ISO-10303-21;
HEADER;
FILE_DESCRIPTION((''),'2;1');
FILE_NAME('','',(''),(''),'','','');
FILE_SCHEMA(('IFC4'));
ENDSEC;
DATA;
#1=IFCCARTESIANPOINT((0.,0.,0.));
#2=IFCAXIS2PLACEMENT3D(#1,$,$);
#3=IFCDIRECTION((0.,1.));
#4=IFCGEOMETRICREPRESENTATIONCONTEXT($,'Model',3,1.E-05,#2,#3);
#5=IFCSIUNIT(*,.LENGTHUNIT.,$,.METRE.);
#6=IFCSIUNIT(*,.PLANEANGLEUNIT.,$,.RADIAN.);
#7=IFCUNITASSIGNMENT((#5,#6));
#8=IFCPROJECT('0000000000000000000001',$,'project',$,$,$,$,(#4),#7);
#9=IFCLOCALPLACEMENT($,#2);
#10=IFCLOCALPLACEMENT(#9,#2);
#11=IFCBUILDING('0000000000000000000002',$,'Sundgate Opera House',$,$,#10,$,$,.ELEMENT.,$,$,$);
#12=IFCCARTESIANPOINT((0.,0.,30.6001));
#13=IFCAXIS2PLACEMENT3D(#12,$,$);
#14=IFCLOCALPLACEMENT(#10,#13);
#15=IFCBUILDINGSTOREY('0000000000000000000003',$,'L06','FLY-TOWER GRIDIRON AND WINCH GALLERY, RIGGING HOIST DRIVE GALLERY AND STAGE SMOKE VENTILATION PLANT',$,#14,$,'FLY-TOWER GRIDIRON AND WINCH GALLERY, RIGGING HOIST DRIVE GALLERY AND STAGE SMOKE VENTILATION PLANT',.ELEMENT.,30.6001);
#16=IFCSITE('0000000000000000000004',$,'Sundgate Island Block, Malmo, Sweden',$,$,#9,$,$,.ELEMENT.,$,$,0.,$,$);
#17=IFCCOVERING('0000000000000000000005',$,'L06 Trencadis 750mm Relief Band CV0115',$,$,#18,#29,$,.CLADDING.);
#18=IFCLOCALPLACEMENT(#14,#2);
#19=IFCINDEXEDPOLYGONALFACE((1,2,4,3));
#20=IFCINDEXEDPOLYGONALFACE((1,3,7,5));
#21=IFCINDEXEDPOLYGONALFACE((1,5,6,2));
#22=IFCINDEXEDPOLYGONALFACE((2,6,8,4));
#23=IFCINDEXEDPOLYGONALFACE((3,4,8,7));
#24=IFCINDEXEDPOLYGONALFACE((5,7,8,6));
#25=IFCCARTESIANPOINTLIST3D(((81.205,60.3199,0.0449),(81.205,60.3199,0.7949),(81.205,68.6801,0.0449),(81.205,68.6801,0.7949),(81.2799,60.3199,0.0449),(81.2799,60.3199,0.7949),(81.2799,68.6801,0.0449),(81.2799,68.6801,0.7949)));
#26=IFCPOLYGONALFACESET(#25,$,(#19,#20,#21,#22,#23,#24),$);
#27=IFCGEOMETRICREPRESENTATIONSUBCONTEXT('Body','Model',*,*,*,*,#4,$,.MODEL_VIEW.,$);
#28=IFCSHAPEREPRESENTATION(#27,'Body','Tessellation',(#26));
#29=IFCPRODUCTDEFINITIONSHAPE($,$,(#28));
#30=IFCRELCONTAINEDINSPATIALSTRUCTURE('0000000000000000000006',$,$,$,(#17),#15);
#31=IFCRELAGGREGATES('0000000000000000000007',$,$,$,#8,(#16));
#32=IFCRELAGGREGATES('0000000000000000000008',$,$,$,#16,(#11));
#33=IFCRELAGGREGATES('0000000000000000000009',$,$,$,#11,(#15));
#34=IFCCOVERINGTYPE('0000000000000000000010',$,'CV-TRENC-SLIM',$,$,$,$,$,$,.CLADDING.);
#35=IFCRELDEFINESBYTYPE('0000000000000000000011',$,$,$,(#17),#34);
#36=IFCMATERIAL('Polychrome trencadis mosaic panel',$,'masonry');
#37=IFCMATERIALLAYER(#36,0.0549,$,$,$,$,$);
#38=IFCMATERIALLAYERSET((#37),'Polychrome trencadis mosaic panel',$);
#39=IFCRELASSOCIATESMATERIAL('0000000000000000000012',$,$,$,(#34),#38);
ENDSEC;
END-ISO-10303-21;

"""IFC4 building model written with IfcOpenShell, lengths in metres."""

from ifc_helpers import new_model, si_unit, direction, frame, origin, origin_2d, place, context, subcontext, project, spatial, rectangle, extrude, material, layer, layer_set, type_object, element, save


model = new_model("IFC4")

# Units and contexts
model_context = context("Model", 3, precision=1e-05, world=origin(), true_north=direction((0.0, 1.0)))
body_context = subcontext(model_context, "Body", "Model", "MODEL_VIEW")
ifc_project = project(units=[si_unit("LENGTHUNIT", "METRE"), si_unit("PLANEANGLEUNIT", "RADIAN")], contexts=[model_context])

# Site, building, storey
site_placement = place(None, origin())
site = spatial("IfcSite", under=ifc_project, at=site_placement, Name="Sundgate Island Block, Malmo, Sweden", CompositionType="ELEMENT", RefElevation=0.0)
building_placement = place(site_placement, origin())
building = spatial("IfcBuilding", under=site, at=building_placement, Name="Sundgate Opera House", CompositionType="ELEMENT")
storey_placement = place(building_placement, frame((0.0, 0.0, 30.6001)))
storey = spatial("IfcBuildingStorey", under=building, at=storey_placement, Name="L06", Description="FLY-TOWER GRIDIRON AND WINCH GALLERY, RIGGING HOIST DRIVE GALLERY AND STAGE SMOKE VENTILATION PLANT", LongName="FLY-TOWER GRIDIRON AND WINCH GALLERY, RIGGING HOIST DRIVE GALLERY AND STAGE SMOKE VENTILATION PLANT", CompositionType="ELEMENT", Elevation=30.6001)

# Covering
ifc_material_1 = material(Name="Polychrome trencadis mosaic panel", Category="masonry")
ifc_layer_1 = layer(ifc_material_1, 0.0549)
ifc_layer_set_1 = layer_set([ifc_layer_1], Name="Polychrome trencadis mosaic panel")
covering_type_1 = type_object("IfcCoveringType", Name="CV-TRENC-SLIM", PredefinedType="CLADDING", material=ifc_layer_set_1)
covering_1_placement = place(storey_placement, frame((81.2424, 64.5, 0.0449), z_axis=(0.0, 0.0, 1.0), x_axis=(0.0, 1.0, 0.0)))
element("IfcCovering", 1, at=covering_1_placement, inside=storey, type_object=covering_type_1, Name="L06 Trencadis 750mm Relief Band CV0115", PredefinedType="CLADDING", context=body_context, shape_type="SweptSolid", body=[
    extrude(rectangle(XDim=8.3601, YDim=0.075, at=origin_2d()), origin(), (0.0, 0.0, 1.0), 0.75),
])

save(model, "model.ifc")
